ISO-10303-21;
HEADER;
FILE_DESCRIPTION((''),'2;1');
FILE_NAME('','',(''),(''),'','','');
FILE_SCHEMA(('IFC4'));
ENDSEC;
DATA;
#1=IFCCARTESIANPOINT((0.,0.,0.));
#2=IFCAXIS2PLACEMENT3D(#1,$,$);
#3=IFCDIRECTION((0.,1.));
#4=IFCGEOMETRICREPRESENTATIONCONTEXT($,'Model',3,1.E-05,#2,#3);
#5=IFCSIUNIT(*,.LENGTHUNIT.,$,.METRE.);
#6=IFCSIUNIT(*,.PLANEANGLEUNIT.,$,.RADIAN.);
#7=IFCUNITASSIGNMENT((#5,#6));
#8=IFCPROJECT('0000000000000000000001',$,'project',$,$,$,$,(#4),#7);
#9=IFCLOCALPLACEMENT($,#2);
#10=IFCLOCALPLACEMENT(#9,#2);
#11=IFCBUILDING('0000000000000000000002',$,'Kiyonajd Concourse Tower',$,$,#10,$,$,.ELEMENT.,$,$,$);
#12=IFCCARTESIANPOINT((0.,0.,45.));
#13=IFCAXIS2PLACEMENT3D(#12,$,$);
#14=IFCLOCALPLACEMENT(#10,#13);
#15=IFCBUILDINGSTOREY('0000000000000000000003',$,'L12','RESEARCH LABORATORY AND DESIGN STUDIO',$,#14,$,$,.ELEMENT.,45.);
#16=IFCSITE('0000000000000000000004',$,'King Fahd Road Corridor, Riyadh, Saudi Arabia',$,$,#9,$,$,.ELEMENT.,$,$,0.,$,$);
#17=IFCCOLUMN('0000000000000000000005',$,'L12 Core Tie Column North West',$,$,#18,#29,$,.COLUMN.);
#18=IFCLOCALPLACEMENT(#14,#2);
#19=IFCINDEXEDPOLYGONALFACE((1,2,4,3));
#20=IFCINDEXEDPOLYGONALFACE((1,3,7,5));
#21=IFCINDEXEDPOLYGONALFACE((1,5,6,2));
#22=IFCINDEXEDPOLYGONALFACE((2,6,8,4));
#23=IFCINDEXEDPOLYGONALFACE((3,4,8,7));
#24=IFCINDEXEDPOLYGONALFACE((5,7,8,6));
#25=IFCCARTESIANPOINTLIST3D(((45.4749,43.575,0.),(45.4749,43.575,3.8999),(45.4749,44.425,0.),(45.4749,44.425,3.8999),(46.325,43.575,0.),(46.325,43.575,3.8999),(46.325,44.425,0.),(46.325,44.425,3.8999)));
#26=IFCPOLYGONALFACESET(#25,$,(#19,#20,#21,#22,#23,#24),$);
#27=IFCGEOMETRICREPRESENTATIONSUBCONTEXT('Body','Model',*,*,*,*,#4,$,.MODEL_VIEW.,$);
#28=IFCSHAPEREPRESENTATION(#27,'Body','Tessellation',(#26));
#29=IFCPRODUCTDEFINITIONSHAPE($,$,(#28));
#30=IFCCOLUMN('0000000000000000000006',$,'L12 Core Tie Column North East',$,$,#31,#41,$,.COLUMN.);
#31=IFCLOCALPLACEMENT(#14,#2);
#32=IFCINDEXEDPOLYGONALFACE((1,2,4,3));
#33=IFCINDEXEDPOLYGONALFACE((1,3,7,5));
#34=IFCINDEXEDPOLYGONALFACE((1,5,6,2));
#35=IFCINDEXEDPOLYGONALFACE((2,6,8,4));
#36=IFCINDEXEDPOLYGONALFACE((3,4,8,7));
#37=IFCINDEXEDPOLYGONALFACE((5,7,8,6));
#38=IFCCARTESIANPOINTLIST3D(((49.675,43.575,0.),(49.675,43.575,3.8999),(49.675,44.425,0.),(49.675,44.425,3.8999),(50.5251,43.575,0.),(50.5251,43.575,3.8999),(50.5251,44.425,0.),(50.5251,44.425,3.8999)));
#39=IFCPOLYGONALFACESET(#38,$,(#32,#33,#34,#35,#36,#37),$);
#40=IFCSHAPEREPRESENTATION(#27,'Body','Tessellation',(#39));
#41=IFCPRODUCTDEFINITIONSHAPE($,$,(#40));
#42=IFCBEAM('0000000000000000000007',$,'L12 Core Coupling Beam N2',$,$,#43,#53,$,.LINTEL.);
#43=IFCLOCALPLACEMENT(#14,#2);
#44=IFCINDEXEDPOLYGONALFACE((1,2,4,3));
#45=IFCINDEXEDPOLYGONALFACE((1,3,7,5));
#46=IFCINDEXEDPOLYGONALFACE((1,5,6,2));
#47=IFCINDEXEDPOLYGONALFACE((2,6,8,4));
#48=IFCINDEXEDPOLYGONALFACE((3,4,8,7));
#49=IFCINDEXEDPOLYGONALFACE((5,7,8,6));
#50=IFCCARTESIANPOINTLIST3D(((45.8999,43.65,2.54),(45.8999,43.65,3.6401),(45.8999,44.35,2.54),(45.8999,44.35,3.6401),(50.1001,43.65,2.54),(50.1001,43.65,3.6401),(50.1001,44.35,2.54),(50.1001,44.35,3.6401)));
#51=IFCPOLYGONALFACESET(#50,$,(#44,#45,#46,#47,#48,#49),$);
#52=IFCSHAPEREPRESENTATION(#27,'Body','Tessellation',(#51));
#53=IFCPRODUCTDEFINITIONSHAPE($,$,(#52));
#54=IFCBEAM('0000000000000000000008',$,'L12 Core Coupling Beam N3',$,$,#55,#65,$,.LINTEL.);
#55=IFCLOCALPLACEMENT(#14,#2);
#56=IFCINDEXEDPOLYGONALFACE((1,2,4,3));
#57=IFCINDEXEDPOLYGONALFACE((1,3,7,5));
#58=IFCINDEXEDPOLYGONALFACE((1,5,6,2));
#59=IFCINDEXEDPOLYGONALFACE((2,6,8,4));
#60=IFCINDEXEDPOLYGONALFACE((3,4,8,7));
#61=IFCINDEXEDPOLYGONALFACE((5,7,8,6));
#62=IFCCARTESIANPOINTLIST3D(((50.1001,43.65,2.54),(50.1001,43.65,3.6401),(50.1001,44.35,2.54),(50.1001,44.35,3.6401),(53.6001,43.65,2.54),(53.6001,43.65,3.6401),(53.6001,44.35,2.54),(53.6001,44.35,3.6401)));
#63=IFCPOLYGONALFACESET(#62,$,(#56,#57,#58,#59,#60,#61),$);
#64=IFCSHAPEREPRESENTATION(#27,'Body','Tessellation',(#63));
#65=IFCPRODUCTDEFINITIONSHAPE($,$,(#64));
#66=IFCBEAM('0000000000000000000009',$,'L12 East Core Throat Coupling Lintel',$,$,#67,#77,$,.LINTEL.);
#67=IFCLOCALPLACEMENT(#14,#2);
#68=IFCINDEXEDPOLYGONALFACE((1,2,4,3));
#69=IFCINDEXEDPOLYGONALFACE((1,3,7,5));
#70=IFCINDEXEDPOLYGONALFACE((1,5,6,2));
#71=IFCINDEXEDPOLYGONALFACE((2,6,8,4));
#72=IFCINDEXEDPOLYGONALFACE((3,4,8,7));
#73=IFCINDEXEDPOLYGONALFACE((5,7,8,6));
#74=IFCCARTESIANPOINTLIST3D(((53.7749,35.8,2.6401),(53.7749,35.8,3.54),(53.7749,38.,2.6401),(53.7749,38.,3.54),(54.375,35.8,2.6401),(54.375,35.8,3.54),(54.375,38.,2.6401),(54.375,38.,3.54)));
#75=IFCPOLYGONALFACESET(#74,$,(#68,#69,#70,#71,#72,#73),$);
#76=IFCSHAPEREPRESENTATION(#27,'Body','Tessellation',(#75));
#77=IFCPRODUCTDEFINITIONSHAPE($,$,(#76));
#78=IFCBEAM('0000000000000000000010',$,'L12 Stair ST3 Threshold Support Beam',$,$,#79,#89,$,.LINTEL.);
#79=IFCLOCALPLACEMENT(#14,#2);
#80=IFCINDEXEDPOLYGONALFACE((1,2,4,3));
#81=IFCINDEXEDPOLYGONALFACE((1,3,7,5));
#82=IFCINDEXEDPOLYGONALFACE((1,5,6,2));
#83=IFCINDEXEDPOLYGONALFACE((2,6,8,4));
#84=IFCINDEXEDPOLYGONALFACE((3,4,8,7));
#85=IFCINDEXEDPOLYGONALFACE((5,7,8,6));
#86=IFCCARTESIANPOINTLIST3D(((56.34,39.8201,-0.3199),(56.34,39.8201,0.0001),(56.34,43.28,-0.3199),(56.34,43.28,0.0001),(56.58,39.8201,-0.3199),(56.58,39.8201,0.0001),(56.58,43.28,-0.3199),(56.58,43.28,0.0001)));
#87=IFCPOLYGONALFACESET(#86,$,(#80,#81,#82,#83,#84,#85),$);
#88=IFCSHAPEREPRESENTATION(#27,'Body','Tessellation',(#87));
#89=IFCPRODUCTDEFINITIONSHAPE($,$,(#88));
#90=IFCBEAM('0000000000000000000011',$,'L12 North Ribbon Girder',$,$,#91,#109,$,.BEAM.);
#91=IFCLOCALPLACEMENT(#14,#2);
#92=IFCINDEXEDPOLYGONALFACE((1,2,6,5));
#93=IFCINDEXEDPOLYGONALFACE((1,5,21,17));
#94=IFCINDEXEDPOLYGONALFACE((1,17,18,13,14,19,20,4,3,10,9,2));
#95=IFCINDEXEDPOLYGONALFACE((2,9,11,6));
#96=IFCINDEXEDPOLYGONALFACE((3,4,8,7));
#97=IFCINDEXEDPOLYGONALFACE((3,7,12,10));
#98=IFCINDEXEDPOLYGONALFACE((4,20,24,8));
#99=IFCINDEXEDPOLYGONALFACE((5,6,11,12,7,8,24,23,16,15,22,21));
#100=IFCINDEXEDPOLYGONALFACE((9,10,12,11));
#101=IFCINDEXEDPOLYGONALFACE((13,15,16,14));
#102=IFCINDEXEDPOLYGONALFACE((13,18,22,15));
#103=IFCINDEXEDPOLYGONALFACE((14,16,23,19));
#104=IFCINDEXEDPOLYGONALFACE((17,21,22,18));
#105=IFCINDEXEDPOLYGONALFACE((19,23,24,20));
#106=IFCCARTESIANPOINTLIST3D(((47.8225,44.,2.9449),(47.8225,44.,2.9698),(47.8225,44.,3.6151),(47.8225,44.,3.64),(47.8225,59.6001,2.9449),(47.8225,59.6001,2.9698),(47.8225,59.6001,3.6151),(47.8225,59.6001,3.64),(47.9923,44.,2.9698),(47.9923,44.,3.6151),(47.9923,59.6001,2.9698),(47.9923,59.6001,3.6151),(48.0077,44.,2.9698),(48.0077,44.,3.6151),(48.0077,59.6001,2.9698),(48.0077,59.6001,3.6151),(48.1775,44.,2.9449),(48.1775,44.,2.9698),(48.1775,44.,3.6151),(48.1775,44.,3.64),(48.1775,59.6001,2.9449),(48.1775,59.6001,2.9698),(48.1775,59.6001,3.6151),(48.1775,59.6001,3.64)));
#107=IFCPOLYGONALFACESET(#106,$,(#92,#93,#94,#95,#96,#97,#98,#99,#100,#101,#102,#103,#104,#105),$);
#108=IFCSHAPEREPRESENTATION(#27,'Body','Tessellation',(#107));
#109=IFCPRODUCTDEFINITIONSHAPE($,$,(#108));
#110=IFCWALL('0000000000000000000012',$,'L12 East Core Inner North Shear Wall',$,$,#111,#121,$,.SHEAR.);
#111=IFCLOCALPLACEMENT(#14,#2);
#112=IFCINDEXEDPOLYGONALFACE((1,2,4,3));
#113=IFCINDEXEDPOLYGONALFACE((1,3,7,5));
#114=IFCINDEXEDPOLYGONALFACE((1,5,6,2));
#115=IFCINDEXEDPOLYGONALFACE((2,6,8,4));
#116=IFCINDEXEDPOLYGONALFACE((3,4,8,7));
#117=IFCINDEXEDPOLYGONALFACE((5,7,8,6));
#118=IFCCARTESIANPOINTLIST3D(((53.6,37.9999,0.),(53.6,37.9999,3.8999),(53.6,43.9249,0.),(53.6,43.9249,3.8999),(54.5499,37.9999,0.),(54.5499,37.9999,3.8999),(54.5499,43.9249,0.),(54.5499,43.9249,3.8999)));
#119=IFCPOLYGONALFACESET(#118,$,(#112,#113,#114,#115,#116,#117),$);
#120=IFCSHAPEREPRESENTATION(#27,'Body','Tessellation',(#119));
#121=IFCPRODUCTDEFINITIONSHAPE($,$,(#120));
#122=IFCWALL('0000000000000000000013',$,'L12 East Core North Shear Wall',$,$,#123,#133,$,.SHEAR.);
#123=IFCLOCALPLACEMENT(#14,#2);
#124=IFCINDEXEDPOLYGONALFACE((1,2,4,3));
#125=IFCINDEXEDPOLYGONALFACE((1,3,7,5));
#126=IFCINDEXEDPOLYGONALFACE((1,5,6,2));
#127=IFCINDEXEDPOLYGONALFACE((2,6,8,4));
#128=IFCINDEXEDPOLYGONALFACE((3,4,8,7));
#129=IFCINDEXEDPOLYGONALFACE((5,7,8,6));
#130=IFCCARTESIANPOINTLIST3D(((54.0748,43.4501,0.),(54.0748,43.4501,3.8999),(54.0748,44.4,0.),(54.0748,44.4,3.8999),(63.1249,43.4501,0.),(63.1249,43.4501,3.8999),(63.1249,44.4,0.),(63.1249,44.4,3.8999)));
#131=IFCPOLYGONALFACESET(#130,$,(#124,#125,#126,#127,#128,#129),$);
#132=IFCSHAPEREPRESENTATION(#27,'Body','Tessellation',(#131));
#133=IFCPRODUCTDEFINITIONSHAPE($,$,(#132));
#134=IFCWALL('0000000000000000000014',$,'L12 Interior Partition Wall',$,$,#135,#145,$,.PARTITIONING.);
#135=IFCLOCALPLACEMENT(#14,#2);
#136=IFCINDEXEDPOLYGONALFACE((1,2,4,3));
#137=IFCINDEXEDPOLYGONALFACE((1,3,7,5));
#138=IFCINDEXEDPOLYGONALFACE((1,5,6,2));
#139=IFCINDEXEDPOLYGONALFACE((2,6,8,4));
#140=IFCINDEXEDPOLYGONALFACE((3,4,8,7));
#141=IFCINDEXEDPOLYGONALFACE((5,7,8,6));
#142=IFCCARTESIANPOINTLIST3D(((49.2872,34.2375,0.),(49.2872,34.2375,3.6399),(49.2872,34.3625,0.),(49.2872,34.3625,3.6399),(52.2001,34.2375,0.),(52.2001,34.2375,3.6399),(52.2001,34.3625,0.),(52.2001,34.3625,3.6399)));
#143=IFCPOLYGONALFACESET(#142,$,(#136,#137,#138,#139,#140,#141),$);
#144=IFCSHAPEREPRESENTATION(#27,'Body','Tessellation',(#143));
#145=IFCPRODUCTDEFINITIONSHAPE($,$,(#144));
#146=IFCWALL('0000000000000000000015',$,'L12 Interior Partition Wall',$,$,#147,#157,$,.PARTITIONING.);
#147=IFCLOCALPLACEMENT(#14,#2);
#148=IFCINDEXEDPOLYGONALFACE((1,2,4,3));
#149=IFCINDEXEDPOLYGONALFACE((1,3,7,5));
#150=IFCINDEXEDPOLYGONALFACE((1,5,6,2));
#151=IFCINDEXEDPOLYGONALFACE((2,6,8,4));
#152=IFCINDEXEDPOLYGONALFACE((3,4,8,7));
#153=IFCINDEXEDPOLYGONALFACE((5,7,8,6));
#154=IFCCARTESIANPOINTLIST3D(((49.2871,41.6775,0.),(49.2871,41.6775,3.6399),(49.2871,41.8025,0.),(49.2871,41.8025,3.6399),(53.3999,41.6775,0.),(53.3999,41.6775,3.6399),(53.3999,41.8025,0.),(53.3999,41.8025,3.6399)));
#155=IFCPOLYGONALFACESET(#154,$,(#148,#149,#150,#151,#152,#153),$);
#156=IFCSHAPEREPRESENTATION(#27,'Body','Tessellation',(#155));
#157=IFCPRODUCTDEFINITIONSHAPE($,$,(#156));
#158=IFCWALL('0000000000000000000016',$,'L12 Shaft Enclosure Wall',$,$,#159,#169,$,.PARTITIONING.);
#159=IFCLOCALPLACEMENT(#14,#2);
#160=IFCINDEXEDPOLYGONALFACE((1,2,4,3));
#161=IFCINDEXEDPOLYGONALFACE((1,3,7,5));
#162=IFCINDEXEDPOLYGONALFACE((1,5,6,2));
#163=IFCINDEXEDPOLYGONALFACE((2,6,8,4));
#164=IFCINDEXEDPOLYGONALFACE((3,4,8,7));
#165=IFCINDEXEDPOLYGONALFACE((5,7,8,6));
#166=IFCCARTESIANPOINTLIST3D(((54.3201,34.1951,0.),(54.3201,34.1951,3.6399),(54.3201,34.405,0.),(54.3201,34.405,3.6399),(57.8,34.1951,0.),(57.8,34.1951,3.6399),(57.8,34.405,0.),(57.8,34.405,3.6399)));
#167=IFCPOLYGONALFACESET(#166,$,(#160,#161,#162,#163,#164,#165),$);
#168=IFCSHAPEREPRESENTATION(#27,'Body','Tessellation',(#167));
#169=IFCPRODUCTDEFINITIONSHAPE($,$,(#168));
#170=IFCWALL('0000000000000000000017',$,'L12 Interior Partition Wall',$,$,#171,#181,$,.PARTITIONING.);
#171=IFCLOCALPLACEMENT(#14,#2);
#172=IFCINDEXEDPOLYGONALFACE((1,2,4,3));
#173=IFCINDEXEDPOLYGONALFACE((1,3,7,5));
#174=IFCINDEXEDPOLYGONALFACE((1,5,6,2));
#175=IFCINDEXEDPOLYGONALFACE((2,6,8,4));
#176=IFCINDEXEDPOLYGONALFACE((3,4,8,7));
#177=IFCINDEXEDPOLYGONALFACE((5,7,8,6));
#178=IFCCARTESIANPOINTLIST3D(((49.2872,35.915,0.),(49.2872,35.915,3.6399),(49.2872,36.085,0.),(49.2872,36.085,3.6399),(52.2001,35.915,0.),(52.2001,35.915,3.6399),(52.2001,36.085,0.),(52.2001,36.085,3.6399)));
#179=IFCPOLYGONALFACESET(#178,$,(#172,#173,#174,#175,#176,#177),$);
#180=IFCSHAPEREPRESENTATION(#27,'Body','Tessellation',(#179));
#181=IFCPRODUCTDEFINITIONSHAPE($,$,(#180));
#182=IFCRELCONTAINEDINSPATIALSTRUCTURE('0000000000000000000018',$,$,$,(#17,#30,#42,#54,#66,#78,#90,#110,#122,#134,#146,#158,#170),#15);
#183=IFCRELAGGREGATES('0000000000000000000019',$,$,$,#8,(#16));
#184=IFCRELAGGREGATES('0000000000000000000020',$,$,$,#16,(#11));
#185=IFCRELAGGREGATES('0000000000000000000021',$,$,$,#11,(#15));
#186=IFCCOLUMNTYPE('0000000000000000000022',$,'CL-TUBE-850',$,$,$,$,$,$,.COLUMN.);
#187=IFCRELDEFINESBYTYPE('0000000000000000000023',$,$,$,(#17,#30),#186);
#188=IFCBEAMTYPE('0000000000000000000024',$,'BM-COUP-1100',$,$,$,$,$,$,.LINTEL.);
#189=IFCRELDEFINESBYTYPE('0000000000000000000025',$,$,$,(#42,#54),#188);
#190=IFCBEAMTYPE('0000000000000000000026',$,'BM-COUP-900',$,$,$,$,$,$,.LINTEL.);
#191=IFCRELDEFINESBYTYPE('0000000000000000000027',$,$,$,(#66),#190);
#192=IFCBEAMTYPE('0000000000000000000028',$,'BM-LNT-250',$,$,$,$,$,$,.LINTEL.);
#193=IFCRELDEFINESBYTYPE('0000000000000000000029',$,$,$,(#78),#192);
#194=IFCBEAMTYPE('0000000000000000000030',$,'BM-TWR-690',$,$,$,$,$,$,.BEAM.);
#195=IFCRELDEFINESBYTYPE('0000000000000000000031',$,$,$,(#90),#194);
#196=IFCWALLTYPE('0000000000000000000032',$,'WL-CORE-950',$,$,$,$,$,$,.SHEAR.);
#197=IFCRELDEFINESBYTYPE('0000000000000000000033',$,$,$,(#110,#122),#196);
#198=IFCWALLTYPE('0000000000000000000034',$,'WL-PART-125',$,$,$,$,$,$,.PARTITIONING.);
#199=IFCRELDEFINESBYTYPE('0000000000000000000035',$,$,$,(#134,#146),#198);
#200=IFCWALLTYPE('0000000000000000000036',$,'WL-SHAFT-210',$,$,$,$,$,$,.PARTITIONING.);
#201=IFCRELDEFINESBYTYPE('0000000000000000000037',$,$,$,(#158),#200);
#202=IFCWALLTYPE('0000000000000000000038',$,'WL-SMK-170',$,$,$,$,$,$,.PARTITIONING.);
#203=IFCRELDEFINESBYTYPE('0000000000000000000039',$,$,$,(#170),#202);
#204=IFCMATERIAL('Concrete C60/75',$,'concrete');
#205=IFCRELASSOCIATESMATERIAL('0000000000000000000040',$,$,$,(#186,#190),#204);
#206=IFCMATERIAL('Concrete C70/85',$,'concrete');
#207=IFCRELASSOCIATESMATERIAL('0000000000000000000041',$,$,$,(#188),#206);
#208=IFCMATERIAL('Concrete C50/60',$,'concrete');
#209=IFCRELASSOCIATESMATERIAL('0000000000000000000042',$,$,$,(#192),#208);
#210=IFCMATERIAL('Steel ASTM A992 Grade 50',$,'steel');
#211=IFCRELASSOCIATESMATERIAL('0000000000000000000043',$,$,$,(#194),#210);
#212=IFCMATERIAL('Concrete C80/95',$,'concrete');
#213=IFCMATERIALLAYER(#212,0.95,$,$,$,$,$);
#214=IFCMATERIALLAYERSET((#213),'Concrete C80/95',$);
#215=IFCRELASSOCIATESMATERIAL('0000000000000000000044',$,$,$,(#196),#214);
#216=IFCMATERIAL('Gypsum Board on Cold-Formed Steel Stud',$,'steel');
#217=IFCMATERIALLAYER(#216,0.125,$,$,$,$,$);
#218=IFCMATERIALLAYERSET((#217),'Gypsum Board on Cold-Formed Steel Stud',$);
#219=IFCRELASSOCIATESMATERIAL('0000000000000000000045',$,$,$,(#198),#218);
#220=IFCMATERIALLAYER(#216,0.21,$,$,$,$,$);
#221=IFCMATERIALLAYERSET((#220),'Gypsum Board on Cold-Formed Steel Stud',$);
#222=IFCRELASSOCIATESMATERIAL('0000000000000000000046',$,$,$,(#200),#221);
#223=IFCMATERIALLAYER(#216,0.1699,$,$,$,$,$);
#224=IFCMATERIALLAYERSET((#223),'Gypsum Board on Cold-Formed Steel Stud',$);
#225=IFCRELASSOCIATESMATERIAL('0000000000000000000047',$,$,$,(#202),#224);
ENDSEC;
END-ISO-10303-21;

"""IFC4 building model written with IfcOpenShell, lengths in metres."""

from ifc_helpers import new_model, si_unit, direction, frame, frame_2d, origin, origin_2d, place, context, subcontext, project, spatial, rectangle, i_section, extrude, material, layer, layer_set, material_profile, profile_set, type_object, element, save


model = new_model("IFC4")

# Units and contexts
model_context = context("Model", 3, precision=1e-05, world=origin(), true_north=direction((0.0, 1.0)))
body_context = subcontext(model_context, "Body", "Model", "MODEL_VIEW")
ifc_project = project(units=[si_unit("LENGTHUNIT", "METRE"), si_unit("PLANEANGLEUNIT", "RADIAN")], contexts=[model_context])

# Site, building, storey
site_placement = place(None, origin())
site = spatial("IfcSite", under=ifc_project, at=site_placement, Name="King Fahd Road Corridor, Riyadh, Saudi Arabia", CompositionType="ELEMENT", RefElevation=0.0)
building_placement = place(site_placement, origin())
building = spatial("IfcBuilding", under=site, at=building_placement, Name="Kiyonajd Concourse Tower", CompositionType="ELEMENT")
storey_placement = place(building_placement, frame((0.0, 0.0, 45.0)))
storey = spatial("IfcBuildingStorey", under=building, at=storey_placement, Name="L12", Description="RESEARCH LABORATORY AND DESIGN STUDIO", CompositionType="ELEMENT", Elevation=45.0)

# Columns
ifc_material_1 = material(Name="Concrete C60/75", Category="concrete")
ifc_material_profile_1 = material_profile(ifc_material_1, rectangle(XDim=0.8501, YDim=0.8501, at=origin_2d()), Name="RC-850x850")
ifc_profile_set_1 = profile_set([ifc_material_profile_1], Name="Concrete C60/75")
column_type = type_object("IfcColumnType", Name="CL-TUBE-850", PredefinedType="COLUMN", material=ifc_profile_set_1)
for number, where, z_axis, x_axis, name in (
    (1, (45.8999, 44.0, 0.0), (0.0, 0.0, 1.0), (1.0, 0.0, 0.0), "L12 Core Tie Column North West"),
    (2, (50.1001, 44.0, 0.0), (0.0, 0.0, 1.0), (1.0, 0.0, 0.0), "L12 Core Tie Column North East"),
):
    element("IfcColumn", number, at=place(storey_placement, frame(where, z_axis=z_axis, x_axis=x_axis)), inside=storey, type_object=column_type, Name=name, PredefinedType="COLUMN", context=body_context, shape_type="SweptSolid", body=[
        extrude(rectangle(XDim=0.8501, YDim=0.8501, at=origin_2d()), origin(), (0.0, 0.0, 1.0), 3.8999),
    ])

# Beams
ifc_material_2 = material(Name="Concrete C70/85", Category="concrete")
ifc_material_profile_2 = material_profile(ifc_material_2, rectangle(XDim=0.7, YDim=1.1001, at=origin_2d()), Name="RCBM-700x1100")
ifc_profile_set_2 = profile_set([ifc_material_profile_2], Name="Concrete C70/85")
beam_type_1 = type_object("IfcBeamType", Name="BM-COUP-1100", PredefinedType="LINTEL", material=ifc_profile_set_2)
beam_1_placement = place(storey_placement, frame((45.8999, 44.0, 3.0901), z_axis=(1.0, 0.0, 0.0), x_axis=(0.0, 1.0, 0.0)))
element("IfcBeam", 3, at=beam_1_placement, inside=storey, type_object=beam_type_1, Name="L12 Core Coupling Beam N2", PredefinedType="LINTEL", context=body_context, shape_type="SweptSolid", body=[
    extrude(rectangle(XDim=0.7, YDim=1.1001, at=origin_2d()), origin(), (0.0, 0.0, 1.0), 4.2002),
])
beam_2_placement = place(storey_placement, frame((50.1001, 44.0, 3.0901), z_axis=(1.0, 0.0, 0.0), x_axis=(0.0, 1.0, 0.0)))
element("IfcBeam", 4, at=beam_2_placement, inside=storey, type_object=beam_type_1, Name="L12 Core Coupling Beam N3", PredefinedType="LINTEL", context=body_context, shape_type="SweptSolid", body=[
    extrude(rectangle(XDim=0.7, YDim=1.1001, at=origin_2d()), origin(), (0.0, 0.0, 1.0), 3.5),
])
ifc_material_profile_3 = material_profile(ifc_material_1, rectangle(XDim=0.6001, YDim=0.8999, at=origin_2d()), Name="RCBM-600x900")
ifc_profile_set_3 = profile_set([ifc_material_profile_3], Name="Concrete C60/75")
beam_type_2 = type_object("IfcBeamType", Name="BM-COUP-900", PredefinedType="LINTEL", material=ifc_profile_set_3)
beam_3_placement = place(storey_placement, frame((54.075, 35.8, 3.0901), z_axis=(0.0, 1.0, 0.0), x_axis=(-1.0, 0.0, 0.0)))
element("IfcBeam", 5, at=beam_3_placement, inside=storey, type_object=beam_type_2, Name="L12 East Core Throat Coupling Lintel", PredefinedType="LINTEL", context=body_context, shape_type="SweptSolid", body=[
    extrude(rectangle(XDim=0.6001, YDim=0.8999, at=origin_2d()), origin(), (0.0, 0.0, 1.0), 2.2),
])
ifc_material_3 = material(Name="Concrete C50/60", Category="concrete")
ifc_material_profile_4 = material_profile(ifc_material_3, rectangle(XDim=0.24, YDim=0.3201, at=origin_2d()), Name="RCBM-240x320")
ifc_profile_set_4 = profile_set([ifc_material_profile_4], Name="Concrete C50/60")
beam_type_3 = type_object("IfcBeamType", Name="BM-LNT-250", PredefinedType="LINTEL", material=ifc_profile_set_4)
beam_4_placement = place(storey_placement, frame((56.46, 39.8201, -0.1599), z_axis=(0.0, 1.0, 0.0), x_axis=(-1.0, 0.0, 0.0)))
element("IfcBeam", 6, at=beam_4_placement, inside=storey, type_object=beam_type_3, Name="L12 Stair ST3 Threshold Support Beam", PredefinedType="LINTEL", context=body_context, shape_type="SweptSolid", body=[
    extrude(rectangle(XDim=0.24, YDim=0.3201, at=origin_2d()), origin(), (0.0, 0.0, 1.0), 3.46),
])
ifc_material_4 = material(Name="Steel ASTM A992 Grade 50", Category="steel")
ifc_material_profile_5 = material_profile(ifc_material_4, i_section(OverallWidth=0.355, OverallDepth=0.6951, WebThickness=0.0154, FlangeThickness=0.0249, at=origin_2d()), Name="W690X217")
ifc_profile_set_5 = profile_set([ifc_material_profile_5], Name="Steel ASTM A992 Grade 50")
beam_type_4 = type_object("IfcBeamType", Name="BM-TWR-690", PredefinedType="BEAM", material=ifc_profile_set_5)
beam_5_placement = place(storey_placement, frame((48.0, 44.0, 3.2925), z_axis=(0.0, 1.0, 0.0), x_axis=(-1.0, 0.0, 0.0)))
element("IfcBeam", 7, at=beam_5_placement, inside=storey, type_object=beam_type_4, Name="L12 North Ribbon Girder", PredefinedType="BEAM", context=body_context, shape_type="SweptSolid", body=[
    extrude(i_section(OverallWidth=0.355, OverallDepth=0.6951, WebThickness=0.0154, FlangeThickness=0.0249, at=origin_2d()), origin(), (0.0, 0.0, 1.0), 15.6001),
])

# Walls
ifc_material_5 = material(Name="Concrete C80/95", Category="concrete")
ifc_layer_1 = layer(ifc_material_5, 0.95)
ifc_layer_set_1 = layer_set([ifc_layer_1], Name="Concrete C80/95")
wall_type_1 = type_object("IfcWallType", Name="WL-CORE-950", PredefinedType="SHEAR", material=ifc_layer_set_1)
wall_1_placement = place(storey_placement, frame((54.075, 38.0, 0.0), z_axis=(0.0, 0.0, 1.0), x_axis=(0.0, 1.0, 0.0)))
element("IfcWall", 8, at=wall_1_placement, inside=storey, type_object=wall_type_1, Name="L12 East Core Inner North Shear Wall", PredefinedType="SHEAR", context=body_context, shape_type="SweptSolid", body=[
    extrude(rectangle(XDim=5.925, YDim=0.95, at=frame_2d((2.9624, 0.0))), origin(), (0.0, 0.0, 1.0), 3.8999),
])
wall_2_placement = place(storey_placement, frame((54.075, 43.925, 0.0), z_axis=(0.0, 0.0, 1.0), x_axis=(1.0, 0.0, 0.0)))
element("IfcWall", 9, at=wall_2_placement, inside=storey, type_object=wall_type_1, Name="L12 East Core North Shear Wall", PredefinedType="SHEAR", context=body_context, shape_type="SweptSolid", body=[
    extrude(rectangle(XDim=9.05, YDim=0.95, at=frame_2d((4.5249, 0.0))), origin(), (0.0, 0.0, 1.0), 3.8999),
])
ifc_material_6 = material(Name="Gypsum Board on Cold-Formed Steel Stud", Category="steel")
ifc_layer_2 = layer(ifc_material_6, 0.125)
ifc_layer_set_2 = layer_set([ifc_layer_2], Name="Gypsum Board on Cold-Formed Steel Stud")
wall_type_2 = type_object("IfcWallType", Name="WL-PART-125", PredefinedType="PARTITIONING", material=ifc_layer_set_2)
wall_3_placement = place(storey_placement, frame((49.2871, 34.3, 0.0), z_axis=(0.0, 0.0, 1.0), x_axis=(1.0, 0.0, 0.0)))
element("IfcWall", 10, at=wall_3_placement, inside=storey, type_object=wall_type_2, Name="L12 Interior Partition Wall", PredefinedType="PARTITIONING", context=body_context, shape_type="SweptSolid", body=[
    extrude(rectangle(XDim=2.9128, YDim=0.125, at=frame_2d((1.4565, 0.0))), origin(), (0.0, 0.0, 1.0), 3.6399),
])
wall_4_placement = place(storey_placement, frame((49.2871, 41.74, 0.0), z_axis=(0.0, 0.0, 1.0), x_axis=(1.0, 0.0, 0.0)))
element("IfcWall", 11, at=wall_4_placement, inside=storey, type_object=wall_type_2, Name="L12 Interior Partition Wall", PredefinedType="PARTITIONING", context=body_context, shape_type="SweptSolid", body=[
    extrude(rectangle(XDim=4.1128, YDim=0.125, at=frame_2d((2.0564, 0.0))), origin(), (0.0, 0.0, 1.0), 3.6399),
])
ifc_layer_3 = layer(ifc_material_6, 0.21)
ifc_layer_set_3 = layer_set([ifc_layer_3], Name="Gypsum Board on Cold-Formed Steel Stud")
wall_type_3 = type_object("IfcWallType", Name="WL-SHAFT-210", PredefinedType="PARTITIONING", material=ifc_layer_set_3)
wall_5_placement = place(storey_placement, frame((54.3201, 34.3, 0.0), z_axis=(0.0, 0.0, 1.0), x_axis=(1.0, 0.0, 0.0)))
element("IfcWall", 12, at=wall_5_placement, inside=storey, type_object=wall_type_3, Name="L12 Shaft Enclosure Wall", PredefinedType="PARTITIONING", context=body_context, shape_type="SweptSolid", body=[
    extrude(rectangle(XDim=3.48, YDim=0.21, at=frame_2d((1.74, 0.0))), origin(), (0.0, 0.0, 1.0), 3.6399),
])
ifc_layer_4 = layer(ifc_material_6, 0.1699)
ifc_layer_set_4 = layer_set([ifc_layer_4], Name="Gypsum Board on Cold-Formed Steel Stud")
wall_type_4 = type_object("IfcWallType", Name="WL-SMK-170", PredefinedType="PARTITIONING", material=ifc_layer_set_4)
wall_6_placement = place(storey_placement, frame((49.2871, 36.0, 0.0), z_axis=(0.0, 0.0, 1.0), x_axis=(1.0, 0.0, 0.0)))
element("IfcWall", 13, at=wall_6_placement, inside=storey, type_object=wall_type_4, Name="L12 Interior Partition Wall", PredefinedType="PARTITIONING", context=body_context, shape_type="SweptSolid", body=[
    extrude(rectangle(XDim=2.9128, YDim=0.1699, at=frame_2d((1.4565, 0.0))), origin(), (0.0, 0.0, 1.0), 3.6399),
])

save(model, "model.ifc")
